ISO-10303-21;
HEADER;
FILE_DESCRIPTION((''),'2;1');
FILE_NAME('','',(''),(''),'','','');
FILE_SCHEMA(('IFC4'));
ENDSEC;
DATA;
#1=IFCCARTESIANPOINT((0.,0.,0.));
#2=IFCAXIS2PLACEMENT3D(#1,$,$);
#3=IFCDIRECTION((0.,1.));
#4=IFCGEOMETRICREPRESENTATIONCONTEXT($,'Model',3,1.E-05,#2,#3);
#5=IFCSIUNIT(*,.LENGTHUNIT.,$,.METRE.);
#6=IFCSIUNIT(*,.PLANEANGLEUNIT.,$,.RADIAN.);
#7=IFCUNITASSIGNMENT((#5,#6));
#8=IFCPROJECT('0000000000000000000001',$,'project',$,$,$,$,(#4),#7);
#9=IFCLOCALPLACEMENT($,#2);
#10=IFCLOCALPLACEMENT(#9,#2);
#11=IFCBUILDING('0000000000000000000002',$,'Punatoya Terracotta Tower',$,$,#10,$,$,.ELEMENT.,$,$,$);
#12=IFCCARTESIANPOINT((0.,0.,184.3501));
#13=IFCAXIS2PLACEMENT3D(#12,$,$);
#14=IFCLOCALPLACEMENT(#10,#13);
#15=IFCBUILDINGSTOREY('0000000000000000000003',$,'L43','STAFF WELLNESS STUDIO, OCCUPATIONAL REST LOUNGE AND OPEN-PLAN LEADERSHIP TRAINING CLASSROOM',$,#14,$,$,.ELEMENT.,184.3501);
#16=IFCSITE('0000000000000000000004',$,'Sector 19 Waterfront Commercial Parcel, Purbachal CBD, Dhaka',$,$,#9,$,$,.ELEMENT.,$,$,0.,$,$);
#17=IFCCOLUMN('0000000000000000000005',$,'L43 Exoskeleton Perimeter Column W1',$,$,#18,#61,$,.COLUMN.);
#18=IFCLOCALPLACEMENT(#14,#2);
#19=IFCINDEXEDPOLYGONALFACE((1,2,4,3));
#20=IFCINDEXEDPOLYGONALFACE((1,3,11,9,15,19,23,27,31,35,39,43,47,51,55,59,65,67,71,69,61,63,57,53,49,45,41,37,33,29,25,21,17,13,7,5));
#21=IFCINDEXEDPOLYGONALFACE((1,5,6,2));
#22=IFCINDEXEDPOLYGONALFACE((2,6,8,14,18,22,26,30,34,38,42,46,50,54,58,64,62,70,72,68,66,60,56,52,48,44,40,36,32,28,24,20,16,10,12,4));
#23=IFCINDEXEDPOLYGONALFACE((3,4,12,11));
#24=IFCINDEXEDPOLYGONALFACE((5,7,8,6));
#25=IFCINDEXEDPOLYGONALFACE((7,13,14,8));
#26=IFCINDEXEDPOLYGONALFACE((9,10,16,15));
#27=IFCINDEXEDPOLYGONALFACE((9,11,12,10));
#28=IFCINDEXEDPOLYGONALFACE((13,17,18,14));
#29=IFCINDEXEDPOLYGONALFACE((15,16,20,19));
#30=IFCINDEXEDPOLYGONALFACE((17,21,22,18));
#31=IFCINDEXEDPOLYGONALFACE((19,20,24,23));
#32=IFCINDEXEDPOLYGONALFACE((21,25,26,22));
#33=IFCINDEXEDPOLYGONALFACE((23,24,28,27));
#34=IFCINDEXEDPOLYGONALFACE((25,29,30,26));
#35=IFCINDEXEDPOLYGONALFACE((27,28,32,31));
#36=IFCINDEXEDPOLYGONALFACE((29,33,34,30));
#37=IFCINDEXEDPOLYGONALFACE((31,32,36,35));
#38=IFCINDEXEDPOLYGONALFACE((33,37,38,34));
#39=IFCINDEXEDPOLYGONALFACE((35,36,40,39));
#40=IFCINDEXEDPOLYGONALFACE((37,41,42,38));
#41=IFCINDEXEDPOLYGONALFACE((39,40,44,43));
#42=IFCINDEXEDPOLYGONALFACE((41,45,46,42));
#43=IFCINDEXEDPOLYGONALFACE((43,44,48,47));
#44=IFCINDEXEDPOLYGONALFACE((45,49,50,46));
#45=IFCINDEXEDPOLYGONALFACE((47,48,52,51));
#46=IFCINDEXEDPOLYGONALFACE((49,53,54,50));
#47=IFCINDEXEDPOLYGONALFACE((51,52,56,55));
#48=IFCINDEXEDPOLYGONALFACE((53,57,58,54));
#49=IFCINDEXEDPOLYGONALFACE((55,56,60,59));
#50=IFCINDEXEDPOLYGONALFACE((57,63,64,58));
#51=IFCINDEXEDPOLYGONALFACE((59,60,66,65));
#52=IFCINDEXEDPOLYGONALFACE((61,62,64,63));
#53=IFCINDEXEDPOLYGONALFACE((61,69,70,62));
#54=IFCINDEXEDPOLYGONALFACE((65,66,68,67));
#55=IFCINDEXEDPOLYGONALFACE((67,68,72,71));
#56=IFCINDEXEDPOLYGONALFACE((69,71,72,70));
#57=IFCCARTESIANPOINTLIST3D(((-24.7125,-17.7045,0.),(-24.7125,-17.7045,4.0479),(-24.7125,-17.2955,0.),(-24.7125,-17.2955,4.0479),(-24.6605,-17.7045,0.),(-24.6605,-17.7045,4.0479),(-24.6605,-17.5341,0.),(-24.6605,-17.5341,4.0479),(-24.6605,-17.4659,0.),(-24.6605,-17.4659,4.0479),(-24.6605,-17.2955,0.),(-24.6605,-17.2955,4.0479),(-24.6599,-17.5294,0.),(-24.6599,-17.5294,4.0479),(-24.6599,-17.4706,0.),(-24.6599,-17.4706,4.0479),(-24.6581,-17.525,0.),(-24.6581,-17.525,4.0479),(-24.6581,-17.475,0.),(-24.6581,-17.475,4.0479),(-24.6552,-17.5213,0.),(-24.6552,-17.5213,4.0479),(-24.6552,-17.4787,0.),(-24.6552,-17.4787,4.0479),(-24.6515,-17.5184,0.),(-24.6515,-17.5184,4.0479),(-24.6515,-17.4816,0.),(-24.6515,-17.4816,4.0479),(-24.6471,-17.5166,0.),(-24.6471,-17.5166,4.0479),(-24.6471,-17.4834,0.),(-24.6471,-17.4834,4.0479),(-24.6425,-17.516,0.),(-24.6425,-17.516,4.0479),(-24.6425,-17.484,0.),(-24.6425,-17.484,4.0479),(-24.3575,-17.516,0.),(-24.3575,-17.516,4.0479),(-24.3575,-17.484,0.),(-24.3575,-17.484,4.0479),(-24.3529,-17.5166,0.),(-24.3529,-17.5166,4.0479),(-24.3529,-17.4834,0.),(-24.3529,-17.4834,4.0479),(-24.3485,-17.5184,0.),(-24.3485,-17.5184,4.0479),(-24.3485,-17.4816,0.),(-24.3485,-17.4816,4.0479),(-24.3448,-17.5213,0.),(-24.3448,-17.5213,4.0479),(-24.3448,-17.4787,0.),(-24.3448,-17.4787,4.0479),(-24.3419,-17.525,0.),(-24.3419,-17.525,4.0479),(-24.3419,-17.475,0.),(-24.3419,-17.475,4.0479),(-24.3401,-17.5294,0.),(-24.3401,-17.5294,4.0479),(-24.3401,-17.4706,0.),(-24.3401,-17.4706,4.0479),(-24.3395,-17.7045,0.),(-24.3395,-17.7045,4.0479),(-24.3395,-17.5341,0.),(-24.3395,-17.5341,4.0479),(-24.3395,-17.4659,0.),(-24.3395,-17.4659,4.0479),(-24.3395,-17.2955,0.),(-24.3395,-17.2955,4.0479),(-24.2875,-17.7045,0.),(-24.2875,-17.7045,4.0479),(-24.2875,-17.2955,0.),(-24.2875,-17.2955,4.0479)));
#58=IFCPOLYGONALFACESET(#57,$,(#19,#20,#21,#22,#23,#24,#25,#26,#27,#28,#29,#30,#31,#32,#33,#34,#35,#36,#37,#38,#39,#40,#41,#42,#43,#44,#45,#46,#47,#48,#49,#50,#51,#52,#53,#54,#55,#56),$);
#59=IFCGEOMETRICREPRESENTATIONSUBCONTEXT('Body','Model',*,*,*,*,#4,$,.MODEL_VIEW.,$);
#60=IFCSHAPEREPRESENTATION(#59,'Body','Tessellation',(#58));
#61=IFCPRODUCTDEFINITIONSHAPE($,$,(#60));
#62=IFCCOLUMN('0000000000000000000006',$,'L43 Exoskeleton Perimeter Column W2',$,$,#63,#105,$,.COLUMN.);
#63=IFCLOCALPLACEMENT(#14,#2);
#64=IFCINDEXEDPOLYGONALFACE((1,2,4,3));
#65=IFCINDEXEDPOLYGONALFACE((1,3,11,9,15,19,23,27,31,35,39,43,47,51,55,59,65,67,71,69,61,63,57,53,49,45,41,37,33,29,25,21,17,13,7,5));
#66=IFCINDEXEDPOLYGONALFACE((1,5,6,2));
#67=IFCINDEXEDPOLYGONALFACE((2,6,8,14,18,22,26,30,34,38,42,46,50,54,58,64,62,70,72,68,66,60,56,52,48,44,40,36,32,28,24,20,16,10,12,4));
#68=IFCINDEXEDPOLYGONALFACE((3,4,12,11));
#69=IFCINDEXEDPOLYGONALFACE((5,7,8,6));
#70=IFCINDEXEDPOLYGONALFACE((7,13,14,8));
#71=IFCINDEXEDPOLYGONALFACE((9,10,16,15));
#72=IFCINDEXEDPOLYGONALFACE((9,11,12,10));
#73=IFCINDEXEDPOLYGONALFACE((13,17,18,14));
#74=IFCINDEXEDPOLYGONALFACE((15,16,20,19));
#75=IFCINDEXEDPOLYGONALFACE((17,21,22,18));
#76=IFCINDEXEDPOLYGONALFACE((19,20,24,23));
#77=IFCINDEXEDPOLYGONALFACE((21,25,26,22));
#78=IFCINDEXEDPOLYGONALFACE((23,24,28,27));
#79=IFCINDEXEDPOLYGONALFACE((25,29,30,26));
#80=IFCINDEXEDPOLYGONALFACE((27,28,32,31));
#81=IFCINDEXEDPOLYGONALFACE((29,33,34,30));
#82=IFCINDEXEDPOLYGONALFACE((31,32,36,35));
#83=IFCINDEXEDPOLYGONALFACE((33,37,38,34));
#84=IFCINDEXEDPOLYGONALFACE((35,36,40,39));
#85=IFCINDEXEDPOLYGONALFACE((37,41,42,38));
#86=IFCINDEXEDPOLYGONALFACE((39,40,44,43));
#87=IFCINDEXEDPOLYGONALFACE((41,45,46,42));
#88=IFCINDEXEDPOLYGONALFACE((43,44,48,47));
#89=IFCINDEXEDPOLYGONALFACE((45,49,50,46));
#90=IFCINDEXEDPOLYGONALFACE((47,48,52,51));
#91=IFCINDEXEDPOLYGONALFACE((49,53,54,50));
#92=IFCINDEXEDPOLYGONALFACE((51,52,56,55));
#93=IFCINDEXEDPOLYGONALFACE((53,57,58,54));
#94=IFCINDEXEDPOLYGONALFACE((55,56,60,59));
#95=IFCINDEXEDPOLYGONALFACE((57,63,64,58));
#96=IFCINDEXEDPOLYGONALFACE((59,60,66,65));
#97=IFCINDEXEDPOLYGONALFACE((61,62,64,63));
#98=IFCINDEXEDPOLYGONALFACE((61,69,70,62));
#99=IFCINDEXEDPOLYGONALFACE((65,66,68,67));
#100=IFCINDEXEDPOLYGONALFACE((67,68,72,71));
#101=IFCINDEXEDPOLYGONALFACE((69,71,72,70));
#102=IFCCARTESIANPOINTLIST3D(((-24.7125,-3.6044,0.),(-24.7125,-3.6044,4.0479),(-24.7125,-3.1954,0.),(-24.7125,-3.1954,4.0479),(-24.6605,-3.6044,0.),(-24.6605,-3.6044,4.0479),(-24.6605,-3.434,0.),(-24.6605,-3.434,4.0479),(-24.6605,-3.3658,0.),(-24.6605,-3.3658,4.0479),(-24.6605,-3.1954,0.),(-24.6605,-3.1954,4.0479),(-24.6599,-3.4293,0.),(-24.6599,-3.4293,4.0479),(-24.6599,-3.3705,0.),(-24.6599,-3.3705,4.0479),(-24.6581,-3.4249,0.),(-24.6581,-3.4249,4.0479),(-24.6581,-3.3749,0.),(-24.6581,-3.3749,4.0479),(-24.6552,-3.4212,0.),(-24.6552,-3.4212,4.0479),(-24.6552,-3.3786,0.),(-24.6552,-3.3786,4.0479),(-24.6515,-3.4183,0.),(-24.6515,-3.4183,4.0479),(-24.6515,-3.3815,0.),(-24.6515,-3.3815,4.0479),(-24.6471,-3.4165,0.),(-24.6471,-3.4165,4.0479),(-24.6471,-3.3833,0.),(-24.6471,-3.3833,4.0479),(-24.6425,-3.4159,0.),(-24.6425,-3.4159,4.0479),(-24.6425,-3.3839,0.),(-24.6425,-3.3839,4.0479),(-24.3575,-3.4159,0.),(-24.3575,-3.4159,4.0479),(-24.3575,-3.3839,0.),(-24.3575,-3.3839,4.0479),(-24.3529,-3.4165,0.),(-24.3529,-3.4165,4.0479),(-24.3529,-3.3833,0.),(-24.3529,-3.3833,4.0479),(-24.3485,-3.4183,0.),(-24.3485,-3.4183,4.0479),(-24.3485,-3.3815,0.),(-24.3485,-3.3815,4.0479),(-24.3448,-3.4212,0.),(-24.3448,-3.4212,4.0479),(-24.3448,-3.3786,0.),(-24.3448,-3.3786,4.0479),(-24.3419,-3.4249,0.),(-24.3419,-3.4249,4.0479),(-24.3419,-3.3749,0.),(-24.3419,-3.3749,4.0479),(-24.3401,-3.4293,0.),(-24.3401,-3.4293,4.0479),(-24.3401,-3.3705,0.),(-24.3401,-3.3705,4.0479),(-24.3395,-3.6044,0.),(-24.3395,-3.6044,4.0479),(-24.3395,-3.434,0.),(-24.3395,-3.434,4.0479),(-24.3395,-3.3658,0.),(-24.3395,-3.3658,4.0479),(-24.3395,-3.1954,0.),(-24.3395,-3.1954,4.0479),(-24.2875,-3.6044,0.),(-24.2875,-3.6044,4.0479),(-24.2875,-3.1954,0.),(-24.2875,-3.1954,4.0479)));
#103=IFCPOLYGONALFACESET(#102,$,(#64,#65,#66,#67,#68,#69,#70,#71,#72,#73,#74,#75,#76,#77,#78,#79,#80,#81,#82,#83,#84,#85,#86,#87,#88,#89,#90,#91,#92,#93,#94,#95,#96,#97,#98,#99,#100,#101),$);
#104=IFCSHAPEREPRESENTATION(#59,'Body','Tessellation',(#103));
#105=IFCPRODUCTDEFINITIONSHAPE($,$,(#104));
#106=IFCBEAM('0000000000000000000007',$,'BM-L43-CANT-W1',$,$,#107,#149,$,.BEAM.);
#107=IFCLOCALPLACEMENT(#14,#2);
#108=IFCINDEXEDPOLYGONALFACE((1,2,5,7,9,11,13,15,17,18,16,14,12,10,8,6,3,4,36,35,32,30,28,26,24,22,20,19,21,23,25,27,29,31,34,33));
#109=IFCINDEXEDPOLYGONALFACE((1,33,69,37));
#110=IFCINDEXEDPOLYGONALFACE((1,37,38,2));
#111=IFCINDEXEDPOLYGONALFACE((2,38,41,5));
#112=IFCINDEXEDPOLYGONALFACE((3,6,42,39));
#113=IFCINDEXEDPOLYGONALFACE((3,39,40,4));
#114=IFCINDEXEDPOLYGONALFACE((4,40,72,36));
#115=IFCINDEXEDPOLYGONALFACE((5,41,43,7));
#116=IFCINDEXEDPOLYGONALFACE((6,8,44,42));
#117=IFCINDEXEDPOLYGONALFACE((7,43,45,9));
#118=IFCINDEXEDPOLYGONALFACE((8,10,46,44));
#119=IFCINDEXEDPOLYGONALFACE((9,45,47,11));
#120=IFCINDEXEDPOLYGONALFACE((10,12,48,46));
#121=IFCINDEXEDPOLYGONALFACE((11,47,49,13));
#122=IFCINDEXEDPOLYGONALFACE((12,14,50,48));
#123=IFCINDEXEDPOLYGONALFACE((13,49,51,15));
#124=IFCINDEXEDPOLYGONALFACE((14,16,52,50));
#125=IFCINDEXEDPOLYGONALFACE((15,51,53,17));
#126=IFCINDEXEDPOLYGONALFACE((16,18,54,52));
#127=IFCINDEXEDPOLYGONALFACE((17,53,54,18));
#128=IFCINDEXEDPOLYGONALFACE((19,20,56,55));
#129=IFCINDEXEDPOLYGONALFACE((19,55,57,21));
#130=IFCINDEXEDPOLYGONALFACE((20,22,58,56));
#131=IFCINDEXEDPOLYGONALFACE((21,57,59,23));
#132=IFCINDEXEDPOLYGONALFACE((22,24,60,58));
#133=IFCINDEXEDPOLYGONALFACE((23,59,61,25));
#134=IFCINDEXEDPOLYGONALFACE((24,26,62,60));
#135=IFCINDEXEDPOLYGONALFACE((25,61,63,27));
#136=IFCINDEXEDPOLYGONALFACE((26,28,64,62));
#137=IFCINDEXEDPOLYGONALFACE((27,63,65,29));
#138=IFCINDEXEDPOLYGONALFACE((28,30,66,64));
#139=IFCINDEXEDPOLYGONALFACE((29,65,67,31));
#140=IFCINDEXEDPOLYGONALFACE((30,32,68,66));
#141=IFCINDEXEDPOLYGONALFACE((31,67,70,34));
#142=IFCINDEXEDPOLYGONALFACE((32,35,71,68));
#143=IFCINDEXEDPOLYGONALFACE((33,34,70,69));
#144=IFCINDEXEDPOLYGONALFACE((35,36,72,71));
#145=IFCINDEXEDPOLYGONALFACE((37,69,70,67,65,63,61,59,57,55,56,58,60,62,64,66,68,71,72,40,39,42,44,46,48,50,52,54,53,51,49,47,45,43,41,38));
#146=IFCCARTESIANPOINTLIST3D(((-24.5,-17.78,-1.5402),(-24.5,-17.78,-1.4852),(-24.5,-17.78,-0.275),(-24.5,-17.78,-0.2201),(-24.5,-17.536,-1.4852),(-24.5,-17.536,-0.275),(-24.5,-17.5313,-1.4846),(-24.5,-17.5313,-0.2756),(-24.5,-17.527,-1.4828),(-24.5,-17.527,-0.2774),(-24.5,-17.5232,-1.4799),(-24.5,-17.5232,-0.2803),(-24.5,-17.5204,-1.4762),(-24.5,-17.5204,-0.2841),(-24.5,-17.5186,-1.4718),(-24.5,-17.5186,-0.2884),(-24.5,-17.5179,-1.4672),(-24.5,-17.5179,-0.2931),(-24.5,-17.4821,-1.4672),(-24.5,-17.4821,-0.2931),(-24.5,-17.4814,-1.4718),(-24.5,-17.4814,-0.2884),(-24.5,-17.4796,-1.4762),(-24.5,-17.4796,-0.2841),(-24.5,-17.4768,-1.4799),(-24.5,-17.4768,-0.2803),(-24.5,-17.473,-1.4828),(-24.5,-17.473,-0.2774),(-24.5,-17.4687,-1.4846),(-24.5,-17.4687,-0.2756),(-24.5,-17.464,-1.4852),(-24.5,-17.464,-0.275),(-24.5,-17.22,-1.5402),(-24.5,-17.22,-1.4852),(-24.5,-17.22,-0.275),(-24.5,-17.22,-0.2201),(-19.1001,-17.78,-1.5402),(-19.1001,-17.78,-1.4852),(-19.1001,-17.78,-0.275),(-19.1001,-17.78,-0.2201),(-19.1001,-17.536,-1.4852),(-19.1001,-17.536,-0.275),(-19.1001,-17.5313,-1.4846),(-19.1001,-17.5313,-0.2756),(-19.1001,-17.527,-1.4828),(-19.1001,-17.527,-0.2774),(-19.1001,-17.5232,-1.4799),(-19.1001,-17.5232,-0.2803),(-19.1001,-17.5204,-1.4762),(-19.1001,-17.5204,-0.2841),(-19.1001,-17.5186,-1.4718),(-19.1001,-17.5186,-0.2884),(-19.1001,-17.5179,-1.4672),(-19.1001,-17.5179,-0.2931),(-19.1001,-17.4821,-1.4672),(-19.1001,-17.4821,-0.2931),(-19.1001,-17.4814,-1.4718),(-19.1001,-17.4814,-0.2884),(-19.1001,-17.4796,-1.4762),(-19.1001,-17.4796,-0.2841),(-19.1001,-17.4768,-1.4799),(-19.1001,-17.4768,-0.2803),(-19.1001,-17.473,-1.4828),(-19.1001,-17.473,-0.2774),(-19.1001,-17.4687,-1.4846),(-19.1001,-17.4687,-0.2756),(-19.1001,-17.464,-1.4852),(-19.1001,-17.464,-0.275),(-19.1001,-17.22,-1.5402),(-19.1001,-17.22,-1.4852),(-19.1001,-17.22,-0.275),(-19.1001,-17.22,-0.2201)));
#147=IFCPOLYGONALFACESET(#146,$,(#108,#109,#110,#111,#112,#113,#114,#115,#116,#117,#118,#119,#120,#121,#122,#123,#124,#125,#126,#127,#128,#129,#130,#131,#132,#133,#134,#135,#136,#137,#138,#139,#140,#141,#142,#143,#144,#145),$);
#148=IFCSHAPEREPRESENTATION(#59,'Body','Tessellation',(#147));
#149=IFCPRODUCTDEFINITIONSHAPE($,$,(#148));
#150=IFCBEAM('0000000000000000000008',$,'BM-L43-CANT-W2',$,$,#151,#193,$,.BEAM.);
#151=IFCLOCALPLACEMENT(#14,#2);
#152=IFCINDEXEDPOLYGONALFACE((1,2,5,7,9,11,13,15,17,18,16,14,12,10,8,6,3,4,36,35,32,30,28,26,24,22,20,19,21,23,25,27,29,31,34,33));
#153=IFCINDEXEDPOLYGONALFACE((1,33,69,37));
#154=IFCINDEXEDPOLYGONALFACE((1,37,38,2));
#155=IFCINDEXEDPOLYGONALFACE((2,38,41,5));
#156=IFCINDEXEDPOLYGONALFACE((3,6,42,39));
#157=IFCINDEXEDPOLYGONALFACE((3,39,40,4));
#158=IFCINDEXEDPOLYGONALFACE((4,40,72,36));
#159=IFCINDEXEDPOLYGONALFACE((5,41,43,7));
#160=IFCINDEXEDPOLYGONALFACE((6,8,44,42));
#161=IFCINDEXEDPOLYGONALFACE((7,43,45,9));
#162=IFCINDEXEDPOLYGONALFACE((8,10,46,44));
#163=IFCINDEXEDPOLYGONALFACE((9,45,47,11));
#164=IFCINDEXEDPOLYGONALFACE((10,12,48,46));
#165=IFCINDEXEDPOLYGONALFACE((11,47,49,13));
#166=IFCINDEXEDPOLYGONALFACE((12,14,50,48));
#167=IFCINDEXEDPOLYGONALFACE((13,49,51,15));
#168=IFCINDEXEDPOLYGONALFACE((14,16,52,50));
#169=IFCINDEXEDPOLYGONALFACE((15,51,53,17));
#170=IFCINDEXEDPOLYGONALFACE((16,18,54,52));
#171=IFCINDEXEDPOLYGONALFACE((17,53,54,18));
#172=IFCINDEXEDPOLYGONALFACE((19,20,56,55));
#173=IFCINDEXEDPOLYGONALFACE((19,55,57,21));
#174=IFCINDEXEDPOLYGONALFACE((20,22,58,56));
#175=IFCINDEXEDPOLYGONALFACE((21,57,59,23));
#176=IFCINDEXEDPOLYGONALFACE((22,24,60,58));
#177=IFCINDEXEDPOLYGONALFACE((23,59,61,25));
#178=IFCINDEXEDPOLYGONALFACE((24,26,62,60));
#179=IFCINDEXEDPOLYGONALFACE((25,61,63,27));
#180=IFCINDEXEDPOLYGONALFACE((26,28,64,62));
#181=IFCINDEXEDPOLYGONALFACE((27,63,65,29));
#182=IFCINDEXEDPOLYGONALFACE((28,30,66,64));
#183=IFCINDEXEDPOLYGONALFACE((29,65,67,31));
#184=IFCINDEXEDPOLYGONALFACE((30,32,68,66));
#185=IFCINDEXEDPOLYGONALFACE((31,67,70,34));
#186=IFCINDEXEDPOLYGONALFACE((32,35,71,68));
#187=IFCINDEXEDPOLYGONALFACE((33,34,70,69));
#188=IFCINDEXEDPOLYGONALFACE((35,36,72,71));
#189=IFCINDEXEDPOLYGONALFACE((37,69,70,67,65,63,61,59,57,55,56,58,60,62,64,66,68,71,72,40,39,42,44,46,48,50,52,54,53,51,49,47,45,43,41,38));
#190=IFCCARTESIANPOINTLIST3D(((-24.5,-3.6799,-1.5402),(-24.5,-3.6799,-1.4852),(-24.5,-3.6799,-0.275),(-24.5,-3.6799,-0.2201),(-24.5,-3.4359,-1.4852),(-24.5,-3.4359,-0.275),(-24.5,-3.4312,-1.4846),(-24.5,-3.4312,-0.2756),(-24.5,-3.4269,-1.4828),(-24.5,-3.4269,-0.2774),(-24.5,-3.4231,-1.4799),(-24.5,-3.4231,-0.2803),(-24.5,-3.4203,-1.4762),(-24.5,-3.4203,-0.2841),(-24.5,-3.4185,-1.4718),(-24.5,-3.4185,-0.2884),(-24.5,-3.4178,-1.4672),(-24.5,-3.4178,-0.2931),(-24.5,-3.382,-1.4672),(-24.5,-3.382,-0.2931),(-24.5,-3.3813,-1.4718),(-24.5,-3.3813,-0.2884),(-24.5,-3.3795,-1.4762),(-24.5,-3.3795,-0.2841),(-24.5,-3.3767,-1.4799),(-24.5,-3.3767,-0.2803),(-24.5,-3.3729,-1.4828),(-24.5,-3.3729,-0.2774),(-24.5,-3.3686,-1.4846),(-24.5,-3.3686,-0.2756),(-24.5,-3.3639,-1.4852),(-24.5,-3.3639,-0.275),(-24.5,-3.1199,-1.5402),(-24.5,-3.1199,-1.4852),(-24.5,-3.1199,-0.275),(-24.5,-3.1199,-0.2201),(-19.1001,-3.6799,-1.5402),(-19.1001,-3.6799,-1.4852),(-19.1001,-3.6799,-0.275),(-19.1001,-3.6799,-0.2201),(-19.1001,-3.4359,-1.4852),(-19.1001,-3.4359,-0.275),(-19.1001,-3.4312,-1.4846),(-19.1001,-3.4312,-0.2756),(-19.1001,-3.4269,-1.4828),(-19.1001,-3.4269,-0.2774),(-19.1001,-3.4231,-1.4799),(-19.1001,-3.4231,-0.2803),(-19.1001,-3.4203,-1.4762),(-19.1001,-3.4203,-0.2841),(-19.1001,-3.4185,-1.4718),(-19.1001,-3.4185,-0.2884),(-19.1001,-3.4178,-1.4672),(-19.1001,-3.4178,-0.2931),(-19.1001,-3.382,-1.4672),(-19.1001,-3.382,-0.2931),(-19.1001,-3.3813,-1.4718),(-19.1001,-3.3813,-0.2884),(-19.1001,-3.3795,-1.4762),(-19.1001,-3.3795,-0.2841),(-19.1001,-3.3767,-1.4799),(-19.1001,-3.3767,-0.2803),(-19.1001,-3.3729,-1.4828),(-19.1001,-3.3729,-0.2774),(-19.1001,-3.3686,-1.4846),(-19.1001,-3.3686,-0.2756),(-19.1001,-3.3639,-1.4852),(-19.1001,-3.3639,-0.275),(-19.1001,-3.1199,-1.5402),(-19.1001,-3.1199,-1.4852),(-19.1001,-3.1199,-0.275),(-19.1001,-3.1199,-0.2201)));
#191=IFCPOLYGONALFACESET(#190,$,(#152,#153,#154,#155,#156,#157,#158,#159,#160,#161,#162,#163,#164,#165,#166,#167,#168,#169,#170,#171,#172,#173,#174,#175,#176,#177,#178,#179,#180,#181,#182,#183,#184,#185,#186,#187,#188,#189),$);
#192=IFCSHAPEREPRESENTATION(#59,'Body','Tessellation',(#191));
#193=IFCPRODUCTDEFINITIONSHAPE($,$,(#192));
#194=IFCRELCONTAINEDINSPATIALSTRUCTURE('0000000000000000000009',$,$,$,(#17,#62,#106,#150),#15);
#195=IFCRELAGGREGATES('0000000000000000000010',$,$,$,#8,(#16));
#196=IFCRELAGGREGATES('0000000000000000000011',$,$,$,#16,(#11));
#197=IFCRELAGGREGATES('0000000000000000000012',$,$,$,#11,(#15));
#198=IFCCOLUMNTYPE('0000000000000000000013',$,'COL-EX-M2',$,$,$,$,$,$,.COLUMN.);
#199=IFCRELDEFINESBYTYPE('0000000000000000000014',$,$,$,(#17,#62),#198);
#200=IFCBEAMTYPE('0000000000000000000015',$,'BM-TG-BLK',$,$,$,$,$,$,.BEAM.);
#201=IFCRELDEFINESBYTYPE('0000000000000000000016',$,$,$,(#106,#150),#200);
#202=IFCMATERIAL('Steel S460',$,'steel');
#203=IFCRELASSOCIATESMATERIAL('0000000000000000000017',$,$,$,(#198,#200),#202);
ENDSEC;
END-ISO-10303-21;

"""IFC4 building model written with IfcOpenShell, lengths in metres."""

from ifc_helpers import new_model, si_unit, direction, frame, origin, origin_2d, place, context, subcontext, project, spatial, i_section, extrude, material, material_profile, profile_set, type_object, element, save


model = new_model("IFC4")

# Units and contexts
model_context = context("Model", 3, precision=1e-05, world=origin(), true_north=direction((0.0, 1.0)))
body_context = subcontext(model_context, "Body", "Model", "MODEL_VIEW")
ifc_project = project(units=[si_unit("LENGTHUNIT", "METRE"), si_unit("PLANEANGLEUNIT", "RADIAN")], contexts=[model_context])

# Site, building, storey
site_placement = place(None, origin())
site = spatial("IfcSite", under=ifc_project, at=site_placement, Name="Sector 19 Waterfront Commercial Parcel, Purbachal CBD, Dhaka", CompositionType="ELEMENT", RefElevation=0.0)
building_placement = place(site_placement, origin())
building = spatial("IfcBuilding", under=site, at=building_placement, Name="Punatoya Terracotta Tower", CompositionType="ELEMENT")
storey_placement = place(building_placement, frame((0.0, 0.0, 184.3501)))
storey = spatial("IfcBuildingStorey", under=building, at=storey_placement, Name="L43", Description="STAFF WELLNESS STUDIO, OCCUPATIONAL REST LOUNGE AND OPEN-PLAN LEADERSHIP TRAINING CLASSROOM", CompositionType="ELEMENT", Elevation=184.3501)

# Columns
ifc_material_1 = material(Name="Steel S460", Category="steel")
ifc_material_profile_1 = material_profile(ifc_material_1, i_section(OverallWidth=0.4089, OverallDepth=0.425, WebThickness=0.032, FlangeThickness=0.052, FilletRadius=0.0181, at=origin_2d()))
ifc_profile_set_1 = profile_set([ifc_material_profile_1], Name="Steel S460")
column_type = type_object("IfcColumnType", Name="COL-EX-M2", PredefinedType="COLUMN", material=ifc_profile_set_1)
for number, where, z_axis, x_axis, name in (
    (1, (-24.5, -17.5, 0.0), (0.0, 0.0, 1.0), (0.0, 1.0, 0.0), "L43 Exoskeleton Perimeter Column W1"),
    (2, (-24.5, -3.3999, 0.0), (0.0, 0.0, 1.0), (0.0, 1.0, 0.0), "L43 Exoskeleton Perimeter Column W2"),
):
    element("IfcColumn", number, at=place(storey_placement, frame(where, z_axis=z_axis, x_axis=x_axis)), inside=storey, type_object=column_type, Name=name, PredefinedType="COLUMN", context=body_context, shape_type="SweptSolid", body=[
        extrude(i_section(OverallWidth=0.4089, OverallDepth=0.425, WebThickness=0.032, FlangeThickness=0.052, FilletRadius=0.0181, at=origin_2d()), origin(), (0.0, 0.0, 1.0), 4.0479),
    ])

# Beams
ifc_material_profile_2 = material_profile(ifc_material_1, i_section(OverallWidth=0.5601, OverallDepth=1.3201, WebThickness=0.0359, FlangeThickness=0.0549, FilletRadius=0.0181, at=origin_2d()))
ifc_profile_set_2 = profile_set([ifc_material_profile_2], Name="Steel S460")
beam_type_1 = type_object("IfcBeamType", Name="BM-TG-BLK", PredefinedType="BEAM", material=ifc_profile_set_2)
for number, where, z_axis, x_axis, name in (
    (3, (-24.5, -17.5, -0.8801), (1.0, 0.0, 0.0), (0.0, 1.0, 0.0), "BM-L43-CANT-W1"),
    (4, (-24.5, -3.3999, -0.8801), (1.0, 0.0, 0.0), (0.0, 1.0, 0.0), "BM-L43-CANT-W2"),
):
    element("IfcBeam", number, at=place(storey_placement, frame(where, z_axis=z_axis, x_axis=x_axis)), inside=storey, type_object=beam_type_1, Name=name, PredefinedType="BEAM", context=body_context, shape_type="SweptSolid", body=[
        extrude(i_section(OverallWidth=0.5601, OverallDepth=1.3201, WebThickness=0.0359, FlangeThickness=0.0549, FilletRadius=0.0181, at=origin_2d()), origin(), (0.0, 0.0, 1.0), 5.3999),
    ])

save(model, "model.ifc")
